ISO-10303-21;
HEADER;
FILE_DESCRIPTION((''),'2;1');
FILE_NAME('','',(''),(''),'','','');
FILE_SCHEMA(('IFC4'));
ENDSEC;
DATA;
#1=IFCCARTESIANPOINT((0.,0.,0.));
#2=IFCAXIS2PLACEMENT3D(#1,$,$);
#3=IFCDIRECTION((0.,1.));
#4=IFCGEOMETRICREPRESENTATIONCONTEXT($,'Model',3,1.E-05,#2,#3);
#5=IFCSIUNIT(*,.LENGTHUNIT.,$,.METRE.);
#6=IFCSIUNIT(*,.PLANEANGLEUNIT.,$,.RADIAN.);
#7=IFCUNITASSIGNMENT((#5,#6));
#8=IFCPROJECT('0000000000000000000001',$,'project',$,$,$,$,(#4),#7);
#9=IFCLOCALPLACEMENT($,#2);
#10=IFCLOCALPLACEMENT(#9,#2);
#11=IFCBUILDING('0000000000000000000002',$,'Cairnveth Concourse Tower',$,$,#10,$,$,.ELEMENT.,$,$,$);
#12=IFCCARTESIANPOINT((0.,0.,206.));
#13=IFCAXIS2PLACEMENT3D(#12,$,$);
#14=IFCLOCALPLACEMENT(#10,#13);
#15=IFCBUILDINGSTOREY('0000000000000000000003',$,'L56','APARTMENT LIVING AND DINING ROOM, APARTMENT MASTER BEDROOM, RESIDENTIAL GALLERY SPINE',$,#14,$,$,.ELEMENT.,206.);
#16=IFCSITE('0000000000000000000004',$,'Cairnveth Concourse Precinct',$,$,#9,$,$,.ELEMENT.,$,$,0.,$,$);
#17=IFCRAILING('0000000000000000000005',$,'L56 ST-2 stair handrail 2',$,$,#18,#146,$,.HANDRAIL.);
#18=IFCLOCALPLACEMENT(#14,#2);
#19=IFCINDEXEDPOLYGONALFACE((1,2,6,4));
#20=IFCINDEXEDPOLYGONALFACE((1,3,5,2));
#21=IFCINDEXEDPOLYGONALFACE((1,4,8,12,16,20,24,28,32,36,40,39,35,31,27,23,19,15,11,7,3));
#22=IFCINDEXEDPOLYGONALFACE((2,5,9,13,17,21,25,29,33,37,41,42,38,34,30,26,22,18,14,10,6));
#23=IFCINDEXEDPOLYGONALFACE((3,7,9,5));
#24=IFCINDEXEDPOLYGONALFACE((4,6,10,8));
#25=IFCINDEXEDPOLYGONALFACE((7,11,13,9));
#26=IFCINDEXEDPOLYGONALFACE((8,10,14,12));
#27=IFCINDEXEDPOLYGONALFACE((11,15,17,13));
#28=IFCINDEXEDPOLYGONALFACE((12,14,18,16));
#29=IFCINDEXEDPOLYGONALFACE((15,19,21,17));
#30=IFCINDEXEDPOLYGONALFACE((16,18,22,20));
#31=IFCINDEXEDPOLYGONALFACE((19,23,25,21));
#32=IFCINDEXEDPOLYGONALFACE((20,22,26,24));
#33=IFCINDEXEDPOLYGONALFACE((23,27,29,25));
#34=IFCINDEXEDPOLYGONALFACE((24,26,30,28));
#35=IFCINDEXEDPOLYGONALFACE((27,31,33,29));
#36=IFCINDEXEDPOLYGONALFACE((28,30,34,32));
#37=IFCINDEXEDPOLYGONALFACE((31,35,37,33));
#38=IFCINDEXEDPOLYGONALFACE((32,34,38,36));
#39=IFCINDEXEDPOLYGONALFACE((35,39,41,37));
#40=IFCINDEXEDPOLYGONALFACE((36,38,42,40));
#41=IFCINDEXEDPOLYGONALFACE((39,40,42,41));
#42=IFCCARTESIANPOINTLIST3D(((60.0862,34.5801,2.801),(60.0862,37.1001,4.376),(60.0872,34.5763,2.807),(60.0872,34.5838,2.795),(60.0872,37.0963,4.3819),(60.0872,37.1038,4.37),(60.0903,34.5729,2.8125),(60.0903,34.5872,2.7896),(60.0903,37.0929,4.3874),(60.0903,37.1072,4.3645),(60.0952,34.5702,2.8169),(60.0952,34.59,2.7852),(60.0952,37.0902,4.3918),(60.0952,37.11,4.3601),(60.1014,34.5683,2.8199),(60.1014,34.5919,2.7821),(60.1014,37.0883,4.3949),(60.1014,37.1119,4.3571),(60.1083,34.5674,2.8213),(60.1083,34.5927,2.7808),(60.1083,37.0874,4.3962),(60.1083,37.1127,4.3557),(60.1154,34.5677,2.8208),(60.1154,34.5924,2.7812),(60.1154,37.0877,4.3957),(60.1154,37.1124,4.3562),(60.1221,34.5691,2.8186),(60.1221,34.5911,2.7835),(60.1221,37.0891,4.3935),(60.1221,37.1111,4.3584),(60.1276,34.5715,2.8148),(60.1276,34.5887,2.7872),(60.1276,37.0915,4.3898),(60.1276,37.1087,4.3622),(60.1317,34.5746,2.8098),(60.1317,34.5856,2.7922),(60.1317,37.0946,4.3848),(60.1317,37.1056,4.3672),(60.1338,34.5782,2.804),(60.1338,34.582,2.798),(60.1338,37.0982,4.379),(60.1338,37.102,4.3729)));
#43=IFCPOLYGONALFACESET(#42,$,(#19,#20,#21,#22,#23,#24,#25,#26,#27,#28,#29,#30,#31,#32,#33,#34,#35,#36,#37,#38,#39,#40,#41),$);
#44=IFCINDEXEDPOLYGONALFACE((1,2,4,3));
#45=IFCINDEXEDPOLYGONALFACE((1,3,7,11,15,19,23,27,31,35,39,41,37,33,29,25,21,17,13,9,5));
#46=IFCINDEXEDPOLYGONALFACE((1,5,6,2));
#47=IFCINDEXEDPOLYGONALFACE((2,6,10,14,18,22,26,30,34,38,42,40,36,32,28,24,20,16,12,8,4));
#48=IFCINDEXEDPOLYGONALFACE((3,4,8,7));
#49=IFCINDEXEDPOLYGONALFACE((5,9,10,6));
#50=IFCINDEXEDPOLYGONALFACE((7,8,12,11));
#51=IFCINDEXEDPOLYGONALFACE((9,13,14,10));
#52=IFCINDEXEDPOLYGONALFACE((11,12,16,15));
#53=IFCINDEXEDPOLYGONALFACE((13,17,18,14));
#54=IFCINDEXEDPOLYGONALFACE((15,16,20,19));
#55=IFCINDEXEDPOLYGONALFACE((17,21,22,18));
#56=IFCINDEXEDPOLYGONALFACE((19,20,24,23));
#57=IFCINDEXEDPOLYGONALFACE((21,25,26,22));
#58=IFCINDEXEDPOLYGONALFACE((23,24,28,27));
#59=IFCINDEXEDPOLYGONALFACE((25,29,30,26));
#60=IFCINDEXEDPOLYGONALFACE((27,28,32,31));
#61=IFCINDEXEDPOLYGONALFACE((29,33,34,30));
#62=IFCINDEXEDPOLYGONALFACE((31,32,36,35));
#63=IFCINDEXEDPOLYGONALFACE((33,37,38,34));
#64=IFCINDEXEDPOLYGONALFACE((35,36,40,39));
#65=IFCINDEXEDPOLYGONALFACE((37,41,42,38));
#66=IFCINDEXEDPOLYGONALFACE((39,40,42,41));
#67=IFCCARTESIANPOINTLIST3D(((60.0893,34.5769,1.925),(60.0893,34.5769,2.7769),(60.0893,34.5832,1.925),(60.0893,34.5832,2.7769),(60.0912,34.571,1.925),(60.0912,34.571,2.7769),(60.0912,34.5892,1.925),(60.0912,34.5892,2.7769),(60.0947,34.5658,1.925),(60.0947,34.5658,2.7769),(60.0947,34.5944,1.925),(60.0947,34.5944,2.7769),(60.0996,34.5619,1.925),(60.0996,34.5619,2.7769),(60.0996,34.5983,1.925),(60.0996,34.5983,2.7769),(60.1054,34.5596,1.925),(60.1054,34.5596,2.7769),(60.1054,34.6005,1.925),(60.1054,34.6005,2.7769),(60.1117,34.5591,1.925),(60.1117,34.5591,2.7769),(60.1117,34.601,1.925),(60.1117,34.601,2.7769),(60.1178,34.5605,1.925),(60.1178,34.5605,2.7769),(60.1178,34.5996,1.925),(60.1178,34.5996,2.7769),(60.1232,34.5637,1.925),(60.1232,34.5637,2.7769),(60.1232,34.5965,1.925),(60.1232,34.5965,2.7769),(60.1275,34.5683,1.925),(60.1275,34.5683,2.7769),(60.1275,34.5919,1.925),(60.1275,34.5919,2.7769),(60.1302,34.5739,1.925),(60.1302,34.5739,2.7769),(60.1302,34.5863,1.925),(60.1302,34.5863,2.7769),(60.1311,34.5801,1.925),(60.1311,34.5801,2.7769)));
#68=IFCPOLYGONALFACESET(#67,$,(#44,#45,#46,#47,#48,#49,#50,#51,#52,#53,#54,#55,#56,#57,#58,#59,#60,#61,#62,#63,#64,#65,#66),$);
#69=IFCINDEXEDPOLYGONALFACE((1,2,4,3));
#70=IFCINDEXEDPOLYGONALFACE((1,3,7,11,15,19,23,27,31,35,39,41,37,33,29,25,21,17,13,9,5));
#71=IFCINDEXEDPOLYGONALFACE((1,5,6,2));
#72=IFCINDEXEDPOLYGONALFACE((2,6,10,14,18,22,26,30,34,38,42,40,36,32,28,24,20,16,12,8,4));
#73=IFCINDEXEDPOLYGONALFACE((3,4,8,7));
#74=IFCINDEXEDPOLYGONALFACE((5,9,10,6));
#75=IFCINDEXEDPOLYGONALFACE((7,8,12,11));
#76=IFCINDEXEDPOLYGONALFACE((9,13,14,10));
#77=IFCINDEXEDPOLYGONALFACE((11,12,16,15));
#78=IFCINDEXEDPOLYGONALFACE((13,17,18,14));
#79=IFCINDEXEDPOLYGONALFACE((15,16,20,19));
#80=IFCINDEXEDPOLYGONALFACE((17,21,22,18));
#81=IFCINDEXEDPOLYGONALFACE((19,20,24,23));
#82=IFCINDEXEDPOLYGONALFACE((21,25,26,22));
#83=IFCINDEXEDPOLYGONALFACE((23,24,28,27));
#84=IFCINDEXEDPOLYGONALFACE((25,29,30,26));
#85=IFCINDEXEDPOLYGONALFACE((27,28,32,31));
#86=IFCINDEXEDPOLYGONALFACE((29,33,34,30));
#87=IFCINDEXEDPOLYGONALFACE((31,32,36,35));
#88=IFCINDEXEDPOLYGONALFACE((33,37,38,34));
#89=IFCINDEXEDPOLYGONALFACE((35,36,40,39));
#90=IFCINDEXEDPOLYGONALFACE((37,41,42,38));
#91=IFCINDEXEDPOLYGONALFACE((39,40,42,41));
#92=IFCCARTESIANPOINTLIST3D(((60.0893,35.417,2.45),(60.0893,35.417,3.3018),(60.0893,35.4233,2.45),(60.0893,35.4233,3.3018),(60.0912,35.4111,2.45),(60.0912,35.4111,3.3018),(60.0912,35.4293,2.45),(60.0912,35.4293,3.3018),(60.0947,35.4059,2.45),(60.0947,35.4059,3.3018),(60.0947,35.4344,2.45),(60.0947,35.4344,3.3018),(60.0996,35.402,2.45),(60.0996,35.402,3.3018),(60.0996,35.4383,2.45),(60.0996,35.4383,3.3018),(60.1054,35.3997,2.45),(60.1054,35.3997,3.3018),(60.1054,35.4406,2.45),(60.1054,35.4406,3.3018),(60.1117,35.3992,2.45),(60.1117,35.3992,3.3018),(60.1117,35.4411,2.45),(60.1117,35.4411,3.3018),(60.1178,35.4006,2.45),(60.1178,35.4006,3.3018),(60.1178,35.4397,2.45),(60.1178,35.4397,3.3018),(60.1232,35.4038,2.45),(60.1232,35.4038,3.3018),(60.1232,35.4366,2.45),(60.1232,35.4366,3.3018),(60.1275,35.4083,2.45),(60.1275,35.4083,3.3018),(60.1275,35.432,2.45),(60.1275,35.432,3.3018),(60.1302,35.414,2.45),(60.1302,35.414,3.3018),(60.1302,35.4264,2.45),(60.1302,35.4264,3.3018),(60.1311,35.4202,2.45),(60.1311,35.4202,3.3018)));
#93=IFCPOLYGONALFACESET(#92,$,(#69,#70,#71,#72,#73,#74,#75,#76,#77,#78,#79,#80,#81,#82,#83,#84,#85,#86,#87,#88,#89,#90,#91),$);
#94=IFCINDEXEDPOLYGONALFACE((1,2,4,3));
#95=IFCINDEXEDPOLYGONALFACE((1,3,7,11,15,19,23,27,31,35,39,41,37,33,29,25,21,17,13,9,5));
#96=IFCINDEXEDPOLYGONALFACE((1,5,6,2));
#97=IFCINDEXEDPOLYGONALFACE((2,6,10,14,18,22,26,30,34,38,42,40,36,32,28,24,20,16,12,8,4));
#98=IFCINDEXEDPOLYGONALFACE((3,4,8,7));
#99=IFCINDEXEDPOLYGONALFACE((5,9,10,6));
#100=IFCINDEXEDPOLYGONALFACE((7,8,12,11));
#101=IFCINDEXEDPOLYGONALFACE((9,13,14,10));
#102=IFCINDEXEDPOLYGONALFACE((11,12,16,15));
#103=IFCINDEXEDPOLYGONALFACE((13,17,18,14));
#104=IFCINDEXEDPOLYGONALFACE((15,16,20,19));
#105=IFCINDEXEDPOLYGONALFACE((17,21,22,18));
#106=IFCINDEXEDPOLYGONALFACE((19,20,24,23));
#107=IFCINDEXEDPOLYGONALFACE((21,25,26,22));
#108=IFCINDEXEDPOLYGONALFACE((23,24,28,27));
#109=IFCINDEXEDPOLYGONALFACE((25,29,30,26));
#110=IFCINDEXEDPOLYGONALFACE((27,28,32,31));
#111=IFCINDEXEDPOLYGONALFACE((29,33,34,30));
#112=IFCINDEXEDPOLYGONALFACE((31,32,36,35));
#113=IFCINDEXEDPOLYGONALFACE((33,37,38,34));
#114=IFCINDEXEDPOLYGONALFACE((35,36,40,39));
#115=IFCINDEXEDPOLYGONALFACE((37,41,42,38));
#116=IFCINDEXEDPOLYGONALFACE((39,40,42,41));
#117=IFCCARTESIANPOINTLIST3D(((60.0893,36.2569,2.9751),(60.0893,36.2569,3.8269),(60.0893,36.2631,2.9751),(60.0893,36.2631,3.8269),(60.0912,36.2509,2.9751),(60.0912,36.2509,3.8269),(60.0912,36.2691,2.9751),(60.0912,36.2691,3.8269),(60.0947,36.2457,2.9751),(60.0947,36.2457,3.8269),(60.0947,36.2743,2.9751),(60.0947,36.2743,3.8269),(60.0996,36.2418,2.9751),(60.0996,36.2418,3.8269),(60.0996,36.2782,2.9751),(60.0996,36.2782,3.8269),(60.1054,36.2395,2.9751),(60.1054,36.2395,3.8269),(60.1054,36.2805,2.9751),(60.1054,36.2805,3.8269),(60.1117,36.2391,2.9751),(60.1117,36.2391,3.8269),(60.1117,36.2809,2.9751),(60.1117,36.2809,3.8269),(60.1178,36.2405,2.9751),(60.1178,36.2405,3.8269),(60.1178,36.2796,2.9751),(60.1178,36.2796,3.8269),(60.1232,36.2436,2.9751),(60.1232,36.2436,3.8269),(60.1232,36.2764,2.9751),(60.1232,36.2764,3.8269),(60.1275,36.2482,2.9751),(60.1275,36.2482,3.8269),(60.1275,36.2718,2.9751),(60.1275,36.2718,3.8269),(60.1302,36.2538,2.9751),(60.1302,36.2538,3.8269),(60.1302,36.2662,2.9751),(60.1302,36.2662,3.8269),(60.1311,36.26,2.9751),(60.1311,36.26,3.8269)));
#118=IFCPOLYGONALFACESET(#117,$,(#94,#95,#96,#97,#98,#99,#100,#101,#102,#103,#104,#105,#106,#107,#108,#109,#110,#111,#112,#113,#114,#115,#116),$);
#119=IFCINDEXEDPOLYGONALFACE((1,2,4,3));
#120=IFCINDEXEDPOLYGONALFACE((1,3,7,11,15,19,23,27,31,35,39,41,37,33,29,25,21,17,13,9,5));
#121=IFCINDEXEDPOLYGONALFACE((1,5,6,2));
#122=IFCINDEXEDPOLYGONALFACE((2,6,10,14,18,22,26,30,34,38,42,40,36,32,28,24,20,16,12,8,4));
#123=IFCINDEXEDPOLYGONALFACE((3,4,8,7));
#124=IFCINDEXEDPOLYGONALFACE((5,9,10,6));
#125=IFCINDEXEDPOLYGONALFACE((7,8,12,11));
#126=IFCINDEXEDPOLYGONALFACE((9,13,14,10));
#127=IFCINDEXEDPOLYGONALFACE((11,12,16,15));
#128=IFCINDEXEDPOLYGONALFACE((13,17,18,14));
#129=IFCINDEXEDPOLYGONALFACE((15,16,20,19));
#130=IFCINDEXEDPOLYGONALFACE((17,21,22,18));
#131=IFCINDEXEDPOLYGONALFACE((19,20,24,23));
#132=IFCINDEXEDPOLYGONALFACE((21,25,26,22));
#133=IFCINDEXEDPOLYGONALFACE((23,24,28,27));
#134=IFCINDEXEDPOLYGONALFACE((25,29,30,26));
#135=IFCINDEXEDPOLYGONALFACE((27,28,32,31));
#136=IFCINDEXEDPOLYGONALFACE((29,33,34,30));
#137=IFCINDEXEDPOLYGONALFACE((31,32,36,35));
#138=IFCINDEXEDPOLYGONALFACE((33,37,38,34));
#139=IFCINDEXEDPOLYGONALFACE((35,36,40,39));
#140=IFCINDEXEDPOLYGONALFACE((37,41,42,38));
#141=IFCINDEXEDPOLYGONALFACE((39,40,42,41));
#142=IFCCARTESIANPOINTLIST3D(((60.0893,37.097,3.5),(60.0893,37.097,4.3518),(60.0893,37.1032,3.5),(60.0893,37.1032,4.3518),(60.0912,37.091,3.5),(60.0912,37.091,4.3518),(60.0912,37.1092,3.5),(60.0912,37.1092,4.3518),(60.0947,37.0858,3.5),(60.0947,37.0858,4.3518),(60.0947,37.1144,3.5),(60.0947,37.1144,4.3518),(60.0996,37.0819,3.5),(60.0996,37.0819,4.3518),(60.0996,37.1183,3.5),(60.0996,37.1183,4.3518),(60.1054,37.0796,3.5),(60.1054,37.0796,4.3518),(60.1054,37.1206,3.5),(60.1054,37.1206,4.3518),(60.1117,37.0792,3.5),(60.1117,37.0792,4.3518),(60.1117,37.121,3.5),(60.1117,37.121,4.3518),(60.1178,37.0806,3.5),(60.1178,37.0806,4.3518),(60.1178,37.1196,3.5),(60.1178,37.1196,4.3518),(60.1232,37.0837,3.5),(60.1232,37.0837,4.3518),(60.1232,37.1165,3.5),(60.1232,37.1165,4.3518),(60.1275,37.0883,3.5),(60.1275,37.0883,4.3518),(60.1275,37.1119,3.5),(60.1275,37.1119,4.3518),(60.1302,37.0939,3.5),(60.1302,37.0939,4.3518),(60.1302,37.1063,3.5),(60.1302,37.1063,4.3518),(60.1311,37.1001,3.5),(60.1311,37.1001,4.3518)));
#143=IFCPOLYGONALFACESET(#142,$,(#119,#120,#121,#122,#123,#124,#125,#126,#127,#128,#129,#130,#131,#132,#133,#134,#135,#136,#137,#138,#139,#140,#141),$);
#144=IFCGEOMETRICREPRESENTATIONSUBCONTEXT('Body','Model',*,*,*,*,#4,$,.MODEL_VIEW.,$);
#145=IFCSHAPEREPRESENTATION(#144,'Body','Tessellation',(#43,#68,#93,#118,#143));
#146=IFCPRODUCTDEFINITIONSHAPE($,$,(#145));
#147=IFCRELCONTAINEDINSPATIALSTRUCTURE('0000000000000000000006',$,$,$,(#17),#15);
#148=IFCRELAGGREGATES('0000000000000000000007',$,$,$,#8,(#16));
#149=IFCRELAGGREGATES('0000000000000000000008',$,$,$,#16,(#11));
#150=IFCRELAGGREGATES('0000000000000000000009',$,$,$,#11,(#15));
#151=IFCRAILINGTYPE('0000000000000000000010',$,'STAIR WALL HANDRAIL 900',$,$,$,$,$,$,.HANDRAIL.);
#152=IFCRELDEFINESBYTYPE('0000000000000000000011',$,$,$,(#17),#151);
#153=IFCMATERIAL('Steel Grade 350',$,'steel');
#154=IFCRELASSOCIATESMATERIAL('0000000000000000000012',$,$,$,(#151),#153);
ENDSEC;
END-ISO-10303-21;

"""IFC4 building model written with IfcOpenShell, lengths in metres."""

from ifc_helpers import new_model, si_unit, direction, frame, origin, origin_2d, place, context, subcontext, project, spatial, circle, extrude, material, type_object, element, save


model = new_model("IFC4")

# Units and contexts
model_context = context("Model", 3, precision=1e-05, world=origin(), true_north=direction((0.0, 1.0)))
body_context = subcontext(model_context, "Body", "Model", "MODEL_VIEW")
ifc_project = project(units=[si_unit("LENGTHUNIT", "METRE"), si_unit("PLANEANGLEUNIT", "RADIAN")], contexts=[model_context])

# Site, building, storey
site_placement = place(None, origin())
site = spatial("IfcSite", under=ifc_project, at=site_placement, Name="Cairnveth Concourse Precinct", CompositionType="ELEMENT", RefElevation=0.0)
building_placement = place(site_placement, origin())
building = spatial("IfcBuilding", under=site, at=building_placement, Name="Cairnveth Concourse Tower", CompositionType="ELEMENT")
storey_placement = place(building_placement, frame((0.0, 0.0, 206.0)))
storey = spatial("IfcBuildingStorey", under=building, at=storey_placement, Name="L56", Description="APARTMENT LIVING AND DINING ROOM, APARTMENT MASTER BEDROOM, RESIDENTIAL GALLERY SPINE", CompositionType="ELEMENT", Elevation=206.0)

# Shared definitions
ifc_material_1 = material(Name="Steel Grade 350", Category="steel")

# Railing
railing_type_1 = type_object("IfcRailingType", Name="STAIR WALL HANDRAIL 900", PredefinedType="HANDRAIL", material=ifc_material_1)
railing_1_placement = place(storey_placement, frame((60.1101, 34.5801, 1.925)))
element("IfcRailing", 1, at=railing_1_placement, inside=storey, type_object=railing_type_1, Name="L56 ST-2 stair handrail 2", PredefinedType="HANDRAIL", context=body_context, shape_type="SweptSolid", body=[
    extrude(circle(Radius=0.0239, at=origin_2d()), frame((0.0, 0.0, 0.876), z_axis=(0.0, 0.848008, 0.529984), x_axis=(-1.0, 0.0, 0.0)), (0.0, 0.0, 1.0), 2.9717),
    extrude(circle(Radius=0.021, at=origin_2d()), origin(), (0.0, 0.0, 1.0), 0.8518),
    extrude(circle(Radius=0.021, at=origin_2d()), frame((0.0, 0.8401, 0.5249)), (0.0, 0.0, 1.0), 0.8518),
    extrude(circle(Radius=0.021, at=origin_2d()), frame((0.0, 1.6799, 1.05)), (0.0, 0.0, 1.0), 0.8518),
    extrude(circle(Radius=0.021, at=origin_2d()), frame((0.0, 2.52, 1.575)), (0.0, 0.0, 1.0), 0.8518),
])

save(model, "model.ifc")
